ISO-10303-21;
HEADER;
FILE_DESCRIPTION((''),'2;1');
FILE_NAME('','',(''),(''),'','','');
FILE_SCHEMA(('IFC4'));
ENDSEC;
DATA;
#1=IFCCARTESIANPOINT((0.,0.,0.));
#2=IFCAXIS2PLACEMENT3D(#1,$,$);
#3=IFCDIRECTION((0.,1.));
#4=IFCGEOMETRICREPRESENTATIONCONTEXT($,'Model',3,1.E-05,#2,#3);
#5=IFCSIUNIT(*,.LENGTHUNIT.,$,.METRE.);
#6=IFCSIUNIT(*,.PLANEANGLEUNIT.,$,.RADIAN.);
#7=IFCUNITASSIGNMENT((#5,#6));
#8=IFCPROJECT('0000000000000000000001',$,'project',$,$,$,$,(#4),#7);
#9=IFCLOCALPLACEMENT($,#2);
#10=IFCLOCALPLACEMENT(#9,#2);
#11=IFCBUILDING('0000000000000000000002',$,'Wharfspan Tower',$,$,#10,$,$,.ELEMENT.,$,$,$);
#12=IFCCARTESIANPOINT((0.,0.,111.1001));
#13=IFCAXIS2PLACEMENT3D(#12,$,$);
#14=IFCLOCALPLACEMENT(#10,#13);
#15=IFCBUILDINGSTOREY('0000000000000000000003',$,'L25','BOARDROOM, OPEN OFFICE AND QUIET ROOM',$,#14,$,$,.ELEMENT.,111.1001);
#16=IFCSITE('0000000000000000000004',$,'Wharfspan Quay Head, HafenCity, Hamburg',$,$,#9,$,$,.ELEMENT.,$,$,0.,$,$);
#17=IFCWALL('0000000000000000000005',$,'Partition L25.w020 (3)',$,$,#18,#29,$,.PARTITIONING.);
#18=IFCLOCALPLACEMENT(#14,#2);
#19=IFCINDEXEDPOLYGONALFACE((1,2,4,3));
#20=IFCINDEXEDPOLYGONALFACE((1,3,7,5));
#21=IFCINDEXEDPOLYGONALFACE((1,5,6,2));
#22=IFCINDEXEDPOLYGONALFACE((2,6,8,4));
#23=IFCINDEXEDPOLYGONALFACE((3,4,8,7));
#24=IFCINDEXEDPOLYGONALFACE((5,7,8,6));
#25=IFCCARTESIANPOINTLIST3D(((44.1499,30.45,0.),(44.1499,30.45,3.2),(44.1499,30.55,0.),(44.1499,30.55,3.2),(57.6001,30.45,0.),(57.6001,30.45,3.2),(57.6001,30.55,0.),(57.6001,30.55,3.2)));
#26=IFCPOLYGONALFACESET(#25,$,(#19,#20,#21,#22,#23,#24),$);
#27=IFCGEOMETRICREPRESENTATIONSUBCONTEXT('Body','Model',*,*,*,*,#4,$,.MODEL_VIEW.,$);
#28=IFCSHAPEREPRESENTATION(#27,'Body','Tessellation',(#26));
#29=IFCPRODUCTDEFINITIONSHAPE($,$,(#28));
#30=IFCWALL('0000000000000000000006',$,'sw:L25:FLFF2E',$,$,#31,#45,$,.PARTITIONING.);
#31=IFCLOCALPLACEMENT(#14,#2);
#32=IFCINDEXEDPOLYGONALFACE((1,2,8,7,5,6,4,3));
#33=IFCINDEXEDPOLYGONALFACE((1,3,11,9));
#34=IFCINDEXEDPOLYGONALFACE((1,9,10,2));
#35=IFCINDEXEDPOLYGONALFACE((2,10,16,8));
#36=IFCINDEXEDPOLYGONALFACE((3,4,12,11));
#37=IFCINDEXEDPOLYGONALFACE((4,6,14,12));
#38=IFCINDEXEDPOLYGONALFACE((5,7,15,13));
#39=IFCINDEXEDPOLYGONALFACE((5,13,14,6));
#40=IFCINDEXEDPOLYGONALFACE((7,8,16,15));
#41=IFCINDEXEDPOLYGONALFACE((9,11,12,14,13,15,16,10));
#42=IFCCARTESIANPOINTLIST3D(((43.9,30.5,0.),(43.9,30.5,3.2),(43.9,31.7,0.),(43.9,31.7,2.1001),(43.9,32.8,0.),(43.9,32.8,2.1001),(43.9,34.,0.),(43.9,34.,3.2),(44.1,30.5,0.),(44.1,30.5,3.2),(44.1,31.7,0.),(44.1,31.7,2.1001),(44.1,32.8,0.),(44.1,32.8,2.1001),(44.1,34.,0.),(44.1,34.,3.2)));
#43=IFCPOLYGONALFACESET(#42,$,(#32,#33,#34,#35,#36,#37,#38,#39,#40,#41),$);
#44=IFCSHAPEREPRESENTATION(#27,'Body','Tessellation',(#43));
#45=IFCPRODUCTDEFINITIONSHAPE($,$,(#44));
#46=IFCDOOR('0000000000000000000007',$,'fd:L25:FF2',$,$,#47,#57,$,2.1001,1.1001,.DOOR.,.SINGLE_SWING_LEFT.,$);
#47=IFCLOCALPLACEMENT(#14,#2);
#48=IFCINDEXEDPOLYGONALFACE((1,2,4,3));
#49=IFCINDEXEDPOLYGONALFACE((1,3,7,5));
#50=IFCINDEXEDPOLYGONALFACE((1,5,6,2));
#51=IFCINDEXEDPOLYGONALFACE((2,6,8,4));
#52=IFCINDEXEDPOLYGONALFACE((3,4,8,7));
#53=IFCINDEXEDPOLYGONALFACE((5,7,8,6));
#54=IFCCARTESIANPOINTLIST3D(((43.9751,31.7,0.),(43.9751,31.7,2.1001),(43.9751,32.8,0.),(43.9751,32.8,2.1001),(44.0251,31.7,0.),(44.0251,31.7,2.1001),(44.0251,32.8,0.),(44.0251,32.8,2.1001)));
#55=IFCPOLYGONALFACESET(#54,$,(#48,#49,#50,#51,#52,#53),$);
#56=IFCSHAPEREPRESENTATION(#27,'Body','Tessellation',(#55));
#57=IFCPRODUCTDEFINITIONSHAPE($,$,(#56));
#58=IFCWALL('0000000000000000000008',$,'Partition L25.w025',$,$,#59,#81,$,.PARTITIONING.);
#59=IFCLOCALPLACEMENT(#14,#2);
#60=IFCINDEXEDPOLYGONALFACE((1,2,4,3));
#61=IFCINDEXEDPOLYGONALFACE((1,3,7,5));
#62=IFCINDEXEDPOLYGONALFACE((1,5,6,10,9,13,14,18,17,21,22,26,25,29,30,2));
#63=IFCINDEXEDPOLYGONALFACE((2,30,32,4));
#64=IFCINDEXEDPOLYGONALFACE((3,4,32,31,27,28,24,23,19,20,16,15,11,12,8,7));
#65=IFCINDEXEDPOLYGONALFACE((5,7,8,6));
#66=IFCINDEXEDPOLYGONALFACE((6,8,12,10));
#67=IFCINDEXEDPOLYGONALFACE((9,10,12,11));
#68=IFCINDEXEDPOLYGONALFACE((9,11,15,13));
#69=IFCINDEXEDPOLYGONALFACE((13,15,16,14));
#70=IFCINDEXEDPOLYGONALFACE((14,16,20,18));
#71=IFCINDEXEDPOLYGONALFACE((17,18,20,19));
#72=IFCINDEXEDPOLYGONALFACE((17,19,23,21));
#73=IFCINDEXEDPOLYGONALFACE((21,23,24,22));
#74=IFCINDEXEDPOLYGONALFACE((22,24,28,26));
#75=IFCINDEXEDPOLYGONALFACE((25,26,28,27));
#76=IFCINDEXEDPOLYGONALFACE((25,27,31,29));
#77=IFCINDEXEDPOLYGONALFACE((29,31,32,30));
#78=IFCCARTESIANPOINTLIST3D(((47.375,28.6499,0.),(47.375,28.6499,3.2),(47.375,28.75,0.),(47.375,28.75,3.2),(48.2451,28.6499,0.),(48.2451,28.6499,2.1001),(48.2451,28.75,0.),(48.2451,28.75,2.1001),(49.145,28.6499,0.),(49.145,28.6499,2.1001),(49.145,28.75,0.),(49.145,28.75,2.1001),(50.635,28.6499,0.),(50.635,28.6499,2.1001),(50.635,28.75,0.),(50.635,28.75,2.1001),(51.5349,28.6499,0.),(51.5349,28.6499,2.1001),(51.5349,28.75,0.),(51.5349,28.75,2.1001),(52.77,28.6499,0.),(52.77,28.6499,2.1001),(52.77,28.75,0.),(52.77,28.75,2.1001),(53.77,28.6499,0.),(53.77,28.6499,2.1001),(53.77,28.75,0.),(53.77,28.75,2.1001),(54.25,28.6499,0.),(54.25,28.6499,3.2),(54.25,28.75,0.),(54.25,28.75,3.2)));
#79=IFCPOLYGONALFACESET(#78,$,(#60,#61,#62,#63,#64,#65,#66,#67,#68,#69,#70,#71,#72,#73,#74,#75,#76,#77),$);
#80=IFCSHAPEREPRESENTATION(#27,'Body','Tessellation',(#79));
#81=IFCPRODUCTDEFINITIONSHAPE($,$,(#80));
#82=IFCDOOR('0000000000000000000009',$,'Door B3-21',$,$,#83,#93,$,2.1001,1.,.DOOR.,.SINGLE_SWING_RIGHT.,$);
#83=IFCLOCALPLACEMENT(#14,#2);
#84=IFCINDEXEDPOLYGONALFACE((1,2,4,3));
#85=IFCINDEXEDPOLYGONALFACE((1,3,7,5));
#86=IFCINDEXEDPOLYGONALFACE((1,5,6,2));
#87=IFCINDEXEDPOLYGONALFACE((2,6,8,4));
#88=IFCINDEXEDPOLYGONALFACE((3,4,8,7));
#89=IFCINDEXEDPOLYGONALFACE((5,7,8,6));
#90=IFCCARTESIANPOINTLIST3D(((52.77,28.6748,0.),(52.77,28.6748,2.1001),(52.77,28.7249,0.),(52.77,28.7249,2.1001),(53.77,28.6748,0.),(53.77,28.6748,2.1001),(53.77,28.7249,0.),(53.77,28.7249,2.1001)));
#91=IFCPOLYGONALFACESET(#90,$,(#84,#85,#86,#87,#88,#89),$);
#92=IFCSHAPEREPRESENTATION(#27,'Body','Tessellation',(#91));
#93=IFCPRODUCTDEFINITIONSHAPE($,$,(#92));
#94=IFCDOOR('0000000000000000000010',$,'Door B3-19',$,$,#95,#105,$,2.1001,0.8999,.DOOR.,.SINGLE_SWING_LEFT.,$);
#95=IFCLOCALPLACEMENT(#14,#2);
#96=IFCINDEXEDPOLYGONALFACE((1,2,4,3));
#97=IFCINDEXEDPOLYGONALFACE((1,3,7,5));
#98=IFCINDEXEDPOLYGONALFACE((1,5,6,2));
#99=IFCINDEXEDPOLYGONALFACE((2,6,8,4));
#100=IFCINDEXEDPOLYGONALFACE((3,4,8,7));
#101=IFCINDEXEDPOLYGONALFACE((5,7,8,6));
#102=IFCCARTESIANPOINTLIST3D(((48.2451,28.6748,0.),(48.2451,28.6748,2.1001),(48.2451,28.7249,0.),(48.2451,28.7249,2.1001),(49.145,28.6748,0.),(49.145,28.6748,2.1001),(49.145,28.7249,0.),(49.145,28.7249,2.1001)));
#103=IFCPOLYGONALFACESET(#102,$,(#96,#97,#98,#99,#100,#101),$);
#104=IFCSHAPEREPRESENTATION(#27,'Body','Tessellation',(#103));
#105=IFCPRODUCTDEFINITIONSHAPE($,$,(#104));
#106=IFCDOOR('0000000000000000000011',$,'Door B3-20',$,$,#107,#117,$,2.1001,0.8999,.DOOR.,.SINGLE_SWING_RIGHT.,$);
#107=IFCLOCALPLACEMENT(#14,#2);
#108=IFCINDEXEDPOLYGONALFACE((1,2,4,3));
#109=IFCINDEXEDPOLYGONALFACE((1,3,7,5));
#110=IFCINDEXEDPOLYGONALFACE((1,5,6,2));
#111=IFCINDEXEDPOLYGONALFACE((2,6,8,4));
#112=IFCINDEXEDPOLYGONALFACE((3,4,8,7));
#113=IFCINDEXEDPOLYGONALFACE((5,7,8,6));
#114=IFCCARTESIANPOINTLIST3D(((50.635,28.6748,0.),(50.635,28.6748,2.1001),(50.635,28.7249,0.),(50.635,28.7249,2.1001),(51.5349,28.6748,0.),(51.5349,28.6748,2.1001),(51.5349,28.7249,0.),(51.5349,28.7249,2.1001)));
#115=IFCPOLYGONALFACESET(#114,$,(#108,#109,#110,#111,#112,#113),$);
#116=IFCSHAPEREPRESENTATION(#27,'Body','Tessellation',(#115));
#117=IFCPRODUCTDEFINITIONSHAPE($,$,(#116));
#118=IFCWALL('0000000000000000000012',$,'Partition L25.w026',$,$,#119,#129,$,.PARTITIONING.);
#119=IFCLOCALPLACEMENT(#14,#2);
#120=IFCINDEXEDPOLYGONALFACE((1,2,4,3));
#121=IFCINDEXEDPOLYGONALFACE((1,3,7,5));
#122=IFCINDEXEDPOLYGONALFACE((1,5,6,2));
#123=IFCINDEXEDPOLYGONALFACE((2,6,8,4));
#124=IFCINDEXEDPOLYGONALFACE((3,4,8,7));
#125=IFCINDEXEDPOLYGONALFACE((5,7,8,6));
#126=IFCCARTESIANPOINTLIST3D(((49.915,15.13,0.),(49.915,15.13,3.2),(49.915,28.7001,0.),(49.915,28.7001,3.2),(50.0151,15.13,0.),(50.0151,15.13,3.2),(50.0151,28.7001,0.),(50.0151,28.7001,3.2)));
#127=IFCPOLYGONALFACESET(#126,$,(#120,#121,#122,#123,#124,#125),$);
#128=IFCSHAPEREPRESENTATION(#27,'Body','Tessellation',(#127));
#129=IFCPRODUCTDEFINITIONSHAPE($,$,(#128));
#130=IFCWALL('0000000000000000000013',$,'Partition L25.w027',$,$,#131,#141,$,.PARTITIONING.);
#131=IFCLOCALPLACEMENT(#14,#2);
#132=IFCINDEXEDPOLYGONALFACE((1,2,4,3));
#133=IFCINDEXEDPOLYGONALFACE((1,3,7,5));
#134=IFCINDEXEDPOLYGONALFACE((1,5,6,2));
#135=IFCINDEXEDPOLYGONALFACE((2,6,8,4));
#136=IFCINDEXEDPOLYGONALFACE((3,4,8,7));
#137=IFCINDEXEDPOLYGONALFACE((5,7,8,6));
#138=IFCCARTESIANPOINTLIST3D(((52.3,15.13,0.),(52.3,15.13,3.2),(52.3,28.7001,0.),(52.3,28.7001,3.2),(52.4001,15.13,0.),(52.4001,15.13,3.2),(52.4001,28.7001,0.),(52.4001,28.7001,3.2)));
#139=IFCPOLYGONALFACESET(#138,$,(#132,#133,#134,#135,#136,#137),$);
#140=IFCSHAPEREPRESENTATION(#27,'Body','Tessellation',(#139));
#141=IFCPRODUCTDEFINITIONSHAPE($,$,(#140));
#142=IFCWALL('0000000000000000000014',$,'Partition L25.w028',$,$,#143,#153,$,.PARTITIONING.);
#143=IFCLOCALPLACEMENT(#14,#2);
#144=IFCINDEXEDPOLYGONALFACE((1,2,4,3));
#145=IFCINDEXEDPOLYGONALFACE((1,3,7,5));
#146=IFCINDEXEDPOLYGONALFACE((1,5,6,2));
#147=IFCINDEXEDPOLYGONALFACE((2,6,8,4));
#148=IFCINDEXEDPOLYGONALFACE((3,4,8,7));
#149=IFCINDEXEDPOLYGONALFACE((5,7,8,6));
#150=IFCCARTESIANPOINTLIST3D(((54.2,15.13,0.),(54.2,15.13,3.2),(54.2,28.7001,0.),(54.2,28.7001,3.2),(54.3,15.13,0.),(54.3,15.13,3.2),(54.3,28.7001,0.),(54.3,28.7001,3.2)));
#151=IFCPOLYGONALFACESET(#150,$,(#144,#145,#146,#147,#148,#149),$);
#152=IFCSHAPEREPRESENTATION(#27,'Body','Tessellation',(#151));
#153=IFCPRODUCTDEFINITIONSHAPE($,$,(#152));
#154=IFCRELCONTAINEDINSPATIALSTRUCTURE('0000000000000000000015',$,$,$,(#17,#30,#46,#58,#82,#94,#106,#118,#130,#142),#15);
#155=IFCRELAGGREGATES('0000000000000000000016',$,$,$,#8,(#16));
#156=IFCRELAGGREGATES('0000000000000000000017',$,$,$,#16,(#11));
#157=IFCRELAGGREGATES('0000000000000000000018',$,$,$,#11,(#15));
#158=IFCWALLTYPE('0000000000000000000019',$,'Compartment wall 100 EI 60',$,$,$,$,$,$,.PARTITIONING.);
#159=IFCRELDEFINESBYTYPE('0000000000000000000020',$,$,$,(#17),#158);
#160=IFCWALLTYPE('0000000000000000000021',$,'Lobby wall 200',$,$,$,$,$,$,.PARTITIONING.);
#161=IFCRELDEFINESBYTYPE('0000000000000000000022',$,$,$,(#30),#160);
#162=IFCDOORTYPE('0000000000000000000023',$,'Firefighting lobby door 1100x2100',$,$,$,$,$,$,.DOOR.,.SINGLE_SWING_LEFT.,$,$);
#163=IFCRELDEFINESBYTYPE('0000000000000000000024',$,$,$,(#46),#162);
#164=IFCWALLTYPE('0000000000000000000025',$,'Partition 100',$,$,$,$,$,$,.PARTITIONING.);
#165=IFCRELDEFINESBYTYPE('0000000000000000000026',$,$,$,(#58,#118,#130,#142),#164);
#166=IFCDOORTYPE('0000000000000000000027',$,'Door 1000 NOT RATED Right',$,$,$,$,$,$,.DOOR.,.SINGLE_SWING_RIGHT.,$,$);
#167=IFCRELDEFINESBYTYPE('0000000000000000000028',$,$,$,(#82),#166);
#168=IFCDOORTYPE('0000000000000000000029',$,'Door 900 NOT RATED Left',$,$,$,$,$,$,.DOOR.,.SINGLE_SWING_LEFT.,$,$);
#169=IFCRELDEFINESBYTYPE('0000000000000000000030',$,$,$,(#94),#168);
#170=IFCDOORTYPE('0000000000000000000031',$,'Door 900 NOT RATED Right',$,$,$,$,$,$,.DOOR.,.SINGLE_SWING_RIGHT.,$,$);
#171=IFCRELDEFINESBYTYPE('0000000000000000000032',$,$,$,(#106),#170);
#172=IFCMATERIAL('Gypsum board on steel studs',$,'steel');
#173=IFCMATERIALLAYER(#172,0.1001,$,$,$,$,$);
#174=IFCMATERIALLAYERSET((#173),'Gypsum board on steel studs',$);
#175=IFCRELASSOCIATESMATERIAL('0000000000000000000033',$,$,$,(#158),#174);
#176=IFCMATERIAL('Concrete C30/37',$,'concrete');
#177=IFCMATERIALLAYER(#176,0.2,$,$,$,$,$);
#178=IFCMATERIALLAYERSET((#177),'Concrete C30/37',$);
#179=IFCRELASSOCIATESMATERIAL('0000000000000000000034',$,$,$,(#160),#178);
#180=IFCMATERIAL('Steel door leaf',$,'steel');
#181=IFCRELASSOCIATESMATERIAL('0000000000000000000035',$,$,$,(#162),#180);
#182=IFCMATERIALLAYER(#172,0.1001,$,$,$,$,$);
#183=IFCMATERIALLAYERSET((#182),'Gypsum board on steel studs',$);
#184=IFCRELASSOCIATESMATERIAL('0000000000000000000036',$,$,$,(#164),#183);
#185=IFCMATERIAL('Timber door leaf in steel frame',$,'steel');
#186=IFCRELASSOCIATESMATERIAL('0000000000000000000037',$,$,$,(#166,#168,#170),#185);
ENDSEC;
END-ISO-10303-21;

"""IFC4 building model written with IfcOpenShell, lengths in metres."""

from ifc_helpers import new_model, si_unit, direction, frame, frame_2d, origin, place, context, subcontext, project, spatial, rectangle, extrude, material, layer, layer_set, type_object, element, fill, save


model = new_model("IFC4")

# Units and contexts
model_context = context("Model", 3, precision=1e-05, world=origin(), true_north=direction((0.0, 1.0)))
body_context = subcontext(model_context, "Body", "Model", "MODEL_VIEW")
ifc_project = project(units=[si_unit("LENGTHUNIT", "METRE"), si_unit("PLANEANGLEUNIT", "RADIAN")], contexts=[model_context])

# Site, building, storey
site_placement = place(None, origin())
site = spatial("IfcSite", under=ifc_project, at=site_placement, Name="Wharfspan Quay Head, HafenCity, Hamburg", CompositionType="ELEMENT", RefElevation=0.0)
building_placement = place(site_placement, origin())
building = spatial("IfcBuilding", under=site, at=building_placement, Name="Wharfspan Tower", CompositionType="ELEMENT")
storey_placement = place(building_placement, frame((0.0, 0.0, 111.1001)))
storey = spatial("IfcBuildingStorey", under=building, at=storey_placement, Name="L25", Description="BOARDROOM, OPEN OFFICE AND QUIET ROOM", CompositionType="ELEMENT", Elevation=111.1001)

# Shared definitions
ifc_material_1 = material(Name="Gypsum board on steel studs", Category="steel")
ifc_layer_1 = layer(ifc_material_1, 0.1001)
ifc_layer_set_1 = layer_set([ifc_layer_1], Name="Gypsum board on steel studs")
wall_type_1 = type_object("IfcWallType", Name="Compartment wall 100 EI 60", PredefinedType="PARTITIONING", material=ifc_layer_set_1)

# Wall
wall_1_placement = place(storey_placement, frame((44.1499, 30.5, 0.0), z_axis=(0.0, 0.0, 1.0), x_axis=(1.0, 0.0, 0.0)))
element("IfcWall", 1, at=wall_1_placement, inside=storey, type_object=wall_type_1, Name="Partition L25.w020 (3)", PredefinedType="PARTITIONING", context=body_context, shape_type="SweptSolid", body=[
    extrude(rectangle(XDim=13.4502, YDim=0.1001, at=frame_2d((6.7251, 0.0))), origin(), (0.0, 0.0, 1.0), 3.2),
])

# Wall, opening, door
ifc_material_2 = material(Name="Concrete C30/37", Category="concrete")
ifc_layer_2 = layer(ifc_material_2, 0.2)
ifc_layer_set_2 = layer_set([ifc_layer_2], Name="Concrete C30/37")
wall_type_2 = type_object("IfcWallType", Name="Lobby wall 200", PredefinedType="PARTITIONING", material=ifc_layer_set_2)
wall_2_placement = place(storey_placement, frame((44.0, 30.5, 0.0), z_axis=(0.0, 0.0, 1.0), x_axis=(0.0, 1.0, 0.0)))
wall_2 = element("IfcWall", 2, at=wall_2_placement, inside=storey, type_object=wall_type_2, Name="sw:L25:FLFF2E", PredefinedType="PARTITIONING", context=body_context, shape_type="SweptSolid", body=[
    extrude(rectangle(XDim=3.5, YDim=0.2, at=frame_2d((1.75, 0.0))), origin(), (0.0, 0.0, 1.0), 3.2),
])
opening_1_placement = place(wall_2_placement, frame((1.2, 0.0, 0.0)))
opening_1 = element("IfcOpeningElement", 3, at=opening_1_placement, cuts=wall_2, PredefinedType="OPENING", context=body_context, shape_type="SweptSolid", body=[
    extrude(rectangle(XDim=1.1001, YDim=2.1001, at=frame_2d((0.55, 1.05))), frame((0.0, 0.1099, 0.0), z_axis=(0.0, -1.0, 0.0), x_axis=(1.0, 0.0, 0.0)), (0.0, 0.0, 1.0), 0.22),
])
ifc_material_3 = material(Name="Steel door leaf", Category="steel")
door_type_1 = type_object("IfcDoorType", Name="Firefighting lobby door 1100x2100", OperationType="SINGLE_SWING_LEFT", PredefinedType="DOOR", material=ifc_material_3)
door_1_placement = place(opening_1_placement, origin())
door_1 = element("IfcDoor", 4, at=door_1_placement, inside=storey, type_object=door_type_1, Name="fd:L25:FF2", OperationType="SINGLE_SWING_LEFT", OverallHeight=2.1001, OverallWidth=1.1001, PredefinedType="DOOR", context=body_context, shape_type="SweptSolid", body=[
    extrude(rectangle(XDim=1.1001, YDim=2.1001, at=frame_2d((0.55, 1.05))), frame((0.0, 0.0249, 0.0), z_axis=(0.0, -1.0, 0.0), x_axis=(1.0, 0.0, 0.0)), (0.0, 0.0, 1.0), 0.05),
])
fill(opening_1, door_1)

# Wall, openings, doors
ifc_layer_3 = layer(ifc_material_1, 0.1001)
ifc_layer_set_3 = layer_set([ifc_layer_3], Name="Gypsum board on steel studs")
wall_type_3 = type_object("IfcWallType", Name="Partition 100", PredefinedType="PARTITIONING", material=ifc_layer_set_3)
wall_3_placement = place(storey_placement, frame((47.375, 28.7, 0.0), z_axis=(0.0, 0.0, 1.0), x_axis=(1.0, 0.0, 0.0)))
wall_3 = element("IfcWall", 5, at=wall_3_placement, inside=storey, type_object=wall_type_3, Name="Partition L25.w025", PredefinedType="PARTITIONING", context=body_context, shape_type="SweptSolid", body=[
    extrude(rectangle(XDim=6.875, YDim=0.1001, at=frame_2d((3.4375, 0.0))), origin(), (0.0, 0.0, 1.0), 3.2),
])
opening_2_placement = place(wall_3_placement, frame((0.8701, 0.0, 0.0)))
opening_2 = element("IfcOpeningElement", 6, at=opening_2_placement, cuts=wall_3, PredefinedType="OPENING", context=body_context, shape_type="SweptSolid", body=[
    extrude(rectangle(XDim=0.8999, YDim=2.1001, at=frame_2d((0.45, 1.05))), frame((0.0, 0.0601, 0.0), z_axis=(0.0, -1.0, 0.0), x_axis=(1.0, 0.0, 0.0)), (0.0, 0.0, 1.0), 0.1201),
])
opening_3_placement = place(wall_3_placement, frame((3.26, 0.0, 0.0)))
opening_3 = element("IfcOpeningElement", 7, at=opening_3_placement, cuts=wall_3, PredefinedType="OPENING", context=body_context, shape_type="SweptSolid", body=[
    extrude(rectangle(XDim=0.8999, YDim=2.1001, at=frame_2d((0.45, 1.05))), frame((0.0, 0.0601, 0.0), z_axis=(0.0, -1.0, 0.0), x_axis=(1.0, 0.0, 0.0)), (0.0, 0.0, 1.0), 0.1201),
])
opening_4_placement = place(wall_3_placement, frame((5.395, 0.0, 0.0)))
opening_4 = element("IfcOpeningElement", 8, at=opening_4_placement, cuts=wall_3, PredefinedType="OPENING", context=body_context, shape_type="SweptSolid", body=[
    extrude(rectangle(XDim=1.0, YDim=2.1001, at=frame_2d((0.5, 1.05))), frame((0.0, 0.0601, 0.0), z_axis=(0.0, -1.0, 0.0), x_axis=(1.0, 0.0, 0.0)), (0.0, 0.0, 1.0), 0.1201),
])
ifc_material_4 = material(Name="Timber door leaf in steel frame", Category="steel")
door_type_2 = type_object("IfcDoorType", Name="Door 1000 NOT RATED Right", OperationType="SINGLE_SWING_RIGHT", PredefinedType="DOOR", material=ifc_material_4)
door_2_placement = place(opening_4_placement, origin())
door_2 = element("IfcDoor", 9, at=door_2_placement, inside=storey, type_object=door_type_2, Name="Door B3-21", OperationType="SINGLE_SWING_RIGHT", OverallHeight=2.1001, OverallWidth=1.0, PredefinedType="DOOR", context=body_context, shape_type="SweptSolid", body=[
    extrude(rectangle(XDim=1.0, YDim=2.1001, at=frame_2d((0.5, 1.05))), frame((0.0, 0.0249, 0.0), z_axis=(0.0, -1.0, 0.0), x_axis=(1.0, 0.0, 0.0)), (0.0, 0.0, 1.0), 0.05),
])
fill(opening_4, door_2)
door_type_3 = type_object("IfcDoorType", Name="Door 900 NOT RATED Left", OperationType="SINGLE_SWING_LEFT", PredefinedType="DOOR", material=ifc_material_4)
door_3_placement = place(opening_2_placement, origin())
door_3 = element("IfcDoor", 10, at=door_3_placement, inside=storey, type_object=door_type_3, Name="Door B3-19", OperationType="SINGLE_SWING_LEFT", OverallHeight=2.1001, OverallWidth=0.8999, PredefinedType="DOOR", context=body_context, shape_type="SweptSolid", body=[
    extrude(rectangle(XDim=0.8999, YDim=2.1001, at=frame_2d((0.45, 1.05))), frame((0.0, 0.0249, 0.0), z_axis=(0.0, -1.0, 0.0), x_axis=(1.0, 0.0, 0.0)), (0.0, 0.0, 1.0), 0.05),
])
fill(opening_2, door_3)
door_type_4 = type_object("IfcDoorType", Name="Door 900 NOT RATED Right", OperationType="SINGLE_SWING_RIGHT", PredefinedType="DOOR", material=ifc_material_4)
door_4_placement = place(opening_3_placement, origin())
door_4 = element("IfcDoor", 11, at=door_4_placement, inside=storey, type_object=door_type_4, Name="Door B3-20", OperationType="SINGLE_SWING_RIGHT", OverallHeight=2.1001, OverallWidth=0.8999, PredefinedType="DOOR", context=body_context, shape_type="SweptSolid", body=[
    extrude(rectangle(XDim=0.8999, YDim=2.1001, at=frame_2d((0.45, 1.05))), frame((0.0, 0.0249, 0.0), z_axis=(0.0, -1.0, 0.0), x_axis=(1.0, 0.0, 0.0)), (0.0, 0.0, 1.0), 0.05),
])
fill(opening_3, door_4)

# Walls
for number, where, z_axis, x_axis, name in (
    (12, (49.9651, 15.1299, 0.0), (0.0, 0.0, 1.0), (0.0, 1.0, 0.0), "Partition L25.w026"),
    (13, (52.3501, 15.1299, 0.0), (0.0, 0.0, 1.0), (0.0, 1.0, 0.0), "Partition L25.w027"),
    (14, (54.25, 15.1299, 0.0), (0.0, 0.0, 1.0), (0.0, 1.0, 0.0), "Partition L25.w028"),
):
    element("IfcWall", number, at=place(storey_placement, frame(where, z_axis=z_axis, x_axis=x_axis)), inside=storey, type_object=wall_type_3, Name=name, PredefinedType="PARTITIONING", context=body_context, shape_type="SweptSolid", body=[
        extrude(rectangle(XDim=13.5701, YDim=0.1001, at=frame_2d((6.7852, 0.0))), origin(), (0.0, 0.0, 1.0), 3.2),
    ])

save(model, "model.ifc")
